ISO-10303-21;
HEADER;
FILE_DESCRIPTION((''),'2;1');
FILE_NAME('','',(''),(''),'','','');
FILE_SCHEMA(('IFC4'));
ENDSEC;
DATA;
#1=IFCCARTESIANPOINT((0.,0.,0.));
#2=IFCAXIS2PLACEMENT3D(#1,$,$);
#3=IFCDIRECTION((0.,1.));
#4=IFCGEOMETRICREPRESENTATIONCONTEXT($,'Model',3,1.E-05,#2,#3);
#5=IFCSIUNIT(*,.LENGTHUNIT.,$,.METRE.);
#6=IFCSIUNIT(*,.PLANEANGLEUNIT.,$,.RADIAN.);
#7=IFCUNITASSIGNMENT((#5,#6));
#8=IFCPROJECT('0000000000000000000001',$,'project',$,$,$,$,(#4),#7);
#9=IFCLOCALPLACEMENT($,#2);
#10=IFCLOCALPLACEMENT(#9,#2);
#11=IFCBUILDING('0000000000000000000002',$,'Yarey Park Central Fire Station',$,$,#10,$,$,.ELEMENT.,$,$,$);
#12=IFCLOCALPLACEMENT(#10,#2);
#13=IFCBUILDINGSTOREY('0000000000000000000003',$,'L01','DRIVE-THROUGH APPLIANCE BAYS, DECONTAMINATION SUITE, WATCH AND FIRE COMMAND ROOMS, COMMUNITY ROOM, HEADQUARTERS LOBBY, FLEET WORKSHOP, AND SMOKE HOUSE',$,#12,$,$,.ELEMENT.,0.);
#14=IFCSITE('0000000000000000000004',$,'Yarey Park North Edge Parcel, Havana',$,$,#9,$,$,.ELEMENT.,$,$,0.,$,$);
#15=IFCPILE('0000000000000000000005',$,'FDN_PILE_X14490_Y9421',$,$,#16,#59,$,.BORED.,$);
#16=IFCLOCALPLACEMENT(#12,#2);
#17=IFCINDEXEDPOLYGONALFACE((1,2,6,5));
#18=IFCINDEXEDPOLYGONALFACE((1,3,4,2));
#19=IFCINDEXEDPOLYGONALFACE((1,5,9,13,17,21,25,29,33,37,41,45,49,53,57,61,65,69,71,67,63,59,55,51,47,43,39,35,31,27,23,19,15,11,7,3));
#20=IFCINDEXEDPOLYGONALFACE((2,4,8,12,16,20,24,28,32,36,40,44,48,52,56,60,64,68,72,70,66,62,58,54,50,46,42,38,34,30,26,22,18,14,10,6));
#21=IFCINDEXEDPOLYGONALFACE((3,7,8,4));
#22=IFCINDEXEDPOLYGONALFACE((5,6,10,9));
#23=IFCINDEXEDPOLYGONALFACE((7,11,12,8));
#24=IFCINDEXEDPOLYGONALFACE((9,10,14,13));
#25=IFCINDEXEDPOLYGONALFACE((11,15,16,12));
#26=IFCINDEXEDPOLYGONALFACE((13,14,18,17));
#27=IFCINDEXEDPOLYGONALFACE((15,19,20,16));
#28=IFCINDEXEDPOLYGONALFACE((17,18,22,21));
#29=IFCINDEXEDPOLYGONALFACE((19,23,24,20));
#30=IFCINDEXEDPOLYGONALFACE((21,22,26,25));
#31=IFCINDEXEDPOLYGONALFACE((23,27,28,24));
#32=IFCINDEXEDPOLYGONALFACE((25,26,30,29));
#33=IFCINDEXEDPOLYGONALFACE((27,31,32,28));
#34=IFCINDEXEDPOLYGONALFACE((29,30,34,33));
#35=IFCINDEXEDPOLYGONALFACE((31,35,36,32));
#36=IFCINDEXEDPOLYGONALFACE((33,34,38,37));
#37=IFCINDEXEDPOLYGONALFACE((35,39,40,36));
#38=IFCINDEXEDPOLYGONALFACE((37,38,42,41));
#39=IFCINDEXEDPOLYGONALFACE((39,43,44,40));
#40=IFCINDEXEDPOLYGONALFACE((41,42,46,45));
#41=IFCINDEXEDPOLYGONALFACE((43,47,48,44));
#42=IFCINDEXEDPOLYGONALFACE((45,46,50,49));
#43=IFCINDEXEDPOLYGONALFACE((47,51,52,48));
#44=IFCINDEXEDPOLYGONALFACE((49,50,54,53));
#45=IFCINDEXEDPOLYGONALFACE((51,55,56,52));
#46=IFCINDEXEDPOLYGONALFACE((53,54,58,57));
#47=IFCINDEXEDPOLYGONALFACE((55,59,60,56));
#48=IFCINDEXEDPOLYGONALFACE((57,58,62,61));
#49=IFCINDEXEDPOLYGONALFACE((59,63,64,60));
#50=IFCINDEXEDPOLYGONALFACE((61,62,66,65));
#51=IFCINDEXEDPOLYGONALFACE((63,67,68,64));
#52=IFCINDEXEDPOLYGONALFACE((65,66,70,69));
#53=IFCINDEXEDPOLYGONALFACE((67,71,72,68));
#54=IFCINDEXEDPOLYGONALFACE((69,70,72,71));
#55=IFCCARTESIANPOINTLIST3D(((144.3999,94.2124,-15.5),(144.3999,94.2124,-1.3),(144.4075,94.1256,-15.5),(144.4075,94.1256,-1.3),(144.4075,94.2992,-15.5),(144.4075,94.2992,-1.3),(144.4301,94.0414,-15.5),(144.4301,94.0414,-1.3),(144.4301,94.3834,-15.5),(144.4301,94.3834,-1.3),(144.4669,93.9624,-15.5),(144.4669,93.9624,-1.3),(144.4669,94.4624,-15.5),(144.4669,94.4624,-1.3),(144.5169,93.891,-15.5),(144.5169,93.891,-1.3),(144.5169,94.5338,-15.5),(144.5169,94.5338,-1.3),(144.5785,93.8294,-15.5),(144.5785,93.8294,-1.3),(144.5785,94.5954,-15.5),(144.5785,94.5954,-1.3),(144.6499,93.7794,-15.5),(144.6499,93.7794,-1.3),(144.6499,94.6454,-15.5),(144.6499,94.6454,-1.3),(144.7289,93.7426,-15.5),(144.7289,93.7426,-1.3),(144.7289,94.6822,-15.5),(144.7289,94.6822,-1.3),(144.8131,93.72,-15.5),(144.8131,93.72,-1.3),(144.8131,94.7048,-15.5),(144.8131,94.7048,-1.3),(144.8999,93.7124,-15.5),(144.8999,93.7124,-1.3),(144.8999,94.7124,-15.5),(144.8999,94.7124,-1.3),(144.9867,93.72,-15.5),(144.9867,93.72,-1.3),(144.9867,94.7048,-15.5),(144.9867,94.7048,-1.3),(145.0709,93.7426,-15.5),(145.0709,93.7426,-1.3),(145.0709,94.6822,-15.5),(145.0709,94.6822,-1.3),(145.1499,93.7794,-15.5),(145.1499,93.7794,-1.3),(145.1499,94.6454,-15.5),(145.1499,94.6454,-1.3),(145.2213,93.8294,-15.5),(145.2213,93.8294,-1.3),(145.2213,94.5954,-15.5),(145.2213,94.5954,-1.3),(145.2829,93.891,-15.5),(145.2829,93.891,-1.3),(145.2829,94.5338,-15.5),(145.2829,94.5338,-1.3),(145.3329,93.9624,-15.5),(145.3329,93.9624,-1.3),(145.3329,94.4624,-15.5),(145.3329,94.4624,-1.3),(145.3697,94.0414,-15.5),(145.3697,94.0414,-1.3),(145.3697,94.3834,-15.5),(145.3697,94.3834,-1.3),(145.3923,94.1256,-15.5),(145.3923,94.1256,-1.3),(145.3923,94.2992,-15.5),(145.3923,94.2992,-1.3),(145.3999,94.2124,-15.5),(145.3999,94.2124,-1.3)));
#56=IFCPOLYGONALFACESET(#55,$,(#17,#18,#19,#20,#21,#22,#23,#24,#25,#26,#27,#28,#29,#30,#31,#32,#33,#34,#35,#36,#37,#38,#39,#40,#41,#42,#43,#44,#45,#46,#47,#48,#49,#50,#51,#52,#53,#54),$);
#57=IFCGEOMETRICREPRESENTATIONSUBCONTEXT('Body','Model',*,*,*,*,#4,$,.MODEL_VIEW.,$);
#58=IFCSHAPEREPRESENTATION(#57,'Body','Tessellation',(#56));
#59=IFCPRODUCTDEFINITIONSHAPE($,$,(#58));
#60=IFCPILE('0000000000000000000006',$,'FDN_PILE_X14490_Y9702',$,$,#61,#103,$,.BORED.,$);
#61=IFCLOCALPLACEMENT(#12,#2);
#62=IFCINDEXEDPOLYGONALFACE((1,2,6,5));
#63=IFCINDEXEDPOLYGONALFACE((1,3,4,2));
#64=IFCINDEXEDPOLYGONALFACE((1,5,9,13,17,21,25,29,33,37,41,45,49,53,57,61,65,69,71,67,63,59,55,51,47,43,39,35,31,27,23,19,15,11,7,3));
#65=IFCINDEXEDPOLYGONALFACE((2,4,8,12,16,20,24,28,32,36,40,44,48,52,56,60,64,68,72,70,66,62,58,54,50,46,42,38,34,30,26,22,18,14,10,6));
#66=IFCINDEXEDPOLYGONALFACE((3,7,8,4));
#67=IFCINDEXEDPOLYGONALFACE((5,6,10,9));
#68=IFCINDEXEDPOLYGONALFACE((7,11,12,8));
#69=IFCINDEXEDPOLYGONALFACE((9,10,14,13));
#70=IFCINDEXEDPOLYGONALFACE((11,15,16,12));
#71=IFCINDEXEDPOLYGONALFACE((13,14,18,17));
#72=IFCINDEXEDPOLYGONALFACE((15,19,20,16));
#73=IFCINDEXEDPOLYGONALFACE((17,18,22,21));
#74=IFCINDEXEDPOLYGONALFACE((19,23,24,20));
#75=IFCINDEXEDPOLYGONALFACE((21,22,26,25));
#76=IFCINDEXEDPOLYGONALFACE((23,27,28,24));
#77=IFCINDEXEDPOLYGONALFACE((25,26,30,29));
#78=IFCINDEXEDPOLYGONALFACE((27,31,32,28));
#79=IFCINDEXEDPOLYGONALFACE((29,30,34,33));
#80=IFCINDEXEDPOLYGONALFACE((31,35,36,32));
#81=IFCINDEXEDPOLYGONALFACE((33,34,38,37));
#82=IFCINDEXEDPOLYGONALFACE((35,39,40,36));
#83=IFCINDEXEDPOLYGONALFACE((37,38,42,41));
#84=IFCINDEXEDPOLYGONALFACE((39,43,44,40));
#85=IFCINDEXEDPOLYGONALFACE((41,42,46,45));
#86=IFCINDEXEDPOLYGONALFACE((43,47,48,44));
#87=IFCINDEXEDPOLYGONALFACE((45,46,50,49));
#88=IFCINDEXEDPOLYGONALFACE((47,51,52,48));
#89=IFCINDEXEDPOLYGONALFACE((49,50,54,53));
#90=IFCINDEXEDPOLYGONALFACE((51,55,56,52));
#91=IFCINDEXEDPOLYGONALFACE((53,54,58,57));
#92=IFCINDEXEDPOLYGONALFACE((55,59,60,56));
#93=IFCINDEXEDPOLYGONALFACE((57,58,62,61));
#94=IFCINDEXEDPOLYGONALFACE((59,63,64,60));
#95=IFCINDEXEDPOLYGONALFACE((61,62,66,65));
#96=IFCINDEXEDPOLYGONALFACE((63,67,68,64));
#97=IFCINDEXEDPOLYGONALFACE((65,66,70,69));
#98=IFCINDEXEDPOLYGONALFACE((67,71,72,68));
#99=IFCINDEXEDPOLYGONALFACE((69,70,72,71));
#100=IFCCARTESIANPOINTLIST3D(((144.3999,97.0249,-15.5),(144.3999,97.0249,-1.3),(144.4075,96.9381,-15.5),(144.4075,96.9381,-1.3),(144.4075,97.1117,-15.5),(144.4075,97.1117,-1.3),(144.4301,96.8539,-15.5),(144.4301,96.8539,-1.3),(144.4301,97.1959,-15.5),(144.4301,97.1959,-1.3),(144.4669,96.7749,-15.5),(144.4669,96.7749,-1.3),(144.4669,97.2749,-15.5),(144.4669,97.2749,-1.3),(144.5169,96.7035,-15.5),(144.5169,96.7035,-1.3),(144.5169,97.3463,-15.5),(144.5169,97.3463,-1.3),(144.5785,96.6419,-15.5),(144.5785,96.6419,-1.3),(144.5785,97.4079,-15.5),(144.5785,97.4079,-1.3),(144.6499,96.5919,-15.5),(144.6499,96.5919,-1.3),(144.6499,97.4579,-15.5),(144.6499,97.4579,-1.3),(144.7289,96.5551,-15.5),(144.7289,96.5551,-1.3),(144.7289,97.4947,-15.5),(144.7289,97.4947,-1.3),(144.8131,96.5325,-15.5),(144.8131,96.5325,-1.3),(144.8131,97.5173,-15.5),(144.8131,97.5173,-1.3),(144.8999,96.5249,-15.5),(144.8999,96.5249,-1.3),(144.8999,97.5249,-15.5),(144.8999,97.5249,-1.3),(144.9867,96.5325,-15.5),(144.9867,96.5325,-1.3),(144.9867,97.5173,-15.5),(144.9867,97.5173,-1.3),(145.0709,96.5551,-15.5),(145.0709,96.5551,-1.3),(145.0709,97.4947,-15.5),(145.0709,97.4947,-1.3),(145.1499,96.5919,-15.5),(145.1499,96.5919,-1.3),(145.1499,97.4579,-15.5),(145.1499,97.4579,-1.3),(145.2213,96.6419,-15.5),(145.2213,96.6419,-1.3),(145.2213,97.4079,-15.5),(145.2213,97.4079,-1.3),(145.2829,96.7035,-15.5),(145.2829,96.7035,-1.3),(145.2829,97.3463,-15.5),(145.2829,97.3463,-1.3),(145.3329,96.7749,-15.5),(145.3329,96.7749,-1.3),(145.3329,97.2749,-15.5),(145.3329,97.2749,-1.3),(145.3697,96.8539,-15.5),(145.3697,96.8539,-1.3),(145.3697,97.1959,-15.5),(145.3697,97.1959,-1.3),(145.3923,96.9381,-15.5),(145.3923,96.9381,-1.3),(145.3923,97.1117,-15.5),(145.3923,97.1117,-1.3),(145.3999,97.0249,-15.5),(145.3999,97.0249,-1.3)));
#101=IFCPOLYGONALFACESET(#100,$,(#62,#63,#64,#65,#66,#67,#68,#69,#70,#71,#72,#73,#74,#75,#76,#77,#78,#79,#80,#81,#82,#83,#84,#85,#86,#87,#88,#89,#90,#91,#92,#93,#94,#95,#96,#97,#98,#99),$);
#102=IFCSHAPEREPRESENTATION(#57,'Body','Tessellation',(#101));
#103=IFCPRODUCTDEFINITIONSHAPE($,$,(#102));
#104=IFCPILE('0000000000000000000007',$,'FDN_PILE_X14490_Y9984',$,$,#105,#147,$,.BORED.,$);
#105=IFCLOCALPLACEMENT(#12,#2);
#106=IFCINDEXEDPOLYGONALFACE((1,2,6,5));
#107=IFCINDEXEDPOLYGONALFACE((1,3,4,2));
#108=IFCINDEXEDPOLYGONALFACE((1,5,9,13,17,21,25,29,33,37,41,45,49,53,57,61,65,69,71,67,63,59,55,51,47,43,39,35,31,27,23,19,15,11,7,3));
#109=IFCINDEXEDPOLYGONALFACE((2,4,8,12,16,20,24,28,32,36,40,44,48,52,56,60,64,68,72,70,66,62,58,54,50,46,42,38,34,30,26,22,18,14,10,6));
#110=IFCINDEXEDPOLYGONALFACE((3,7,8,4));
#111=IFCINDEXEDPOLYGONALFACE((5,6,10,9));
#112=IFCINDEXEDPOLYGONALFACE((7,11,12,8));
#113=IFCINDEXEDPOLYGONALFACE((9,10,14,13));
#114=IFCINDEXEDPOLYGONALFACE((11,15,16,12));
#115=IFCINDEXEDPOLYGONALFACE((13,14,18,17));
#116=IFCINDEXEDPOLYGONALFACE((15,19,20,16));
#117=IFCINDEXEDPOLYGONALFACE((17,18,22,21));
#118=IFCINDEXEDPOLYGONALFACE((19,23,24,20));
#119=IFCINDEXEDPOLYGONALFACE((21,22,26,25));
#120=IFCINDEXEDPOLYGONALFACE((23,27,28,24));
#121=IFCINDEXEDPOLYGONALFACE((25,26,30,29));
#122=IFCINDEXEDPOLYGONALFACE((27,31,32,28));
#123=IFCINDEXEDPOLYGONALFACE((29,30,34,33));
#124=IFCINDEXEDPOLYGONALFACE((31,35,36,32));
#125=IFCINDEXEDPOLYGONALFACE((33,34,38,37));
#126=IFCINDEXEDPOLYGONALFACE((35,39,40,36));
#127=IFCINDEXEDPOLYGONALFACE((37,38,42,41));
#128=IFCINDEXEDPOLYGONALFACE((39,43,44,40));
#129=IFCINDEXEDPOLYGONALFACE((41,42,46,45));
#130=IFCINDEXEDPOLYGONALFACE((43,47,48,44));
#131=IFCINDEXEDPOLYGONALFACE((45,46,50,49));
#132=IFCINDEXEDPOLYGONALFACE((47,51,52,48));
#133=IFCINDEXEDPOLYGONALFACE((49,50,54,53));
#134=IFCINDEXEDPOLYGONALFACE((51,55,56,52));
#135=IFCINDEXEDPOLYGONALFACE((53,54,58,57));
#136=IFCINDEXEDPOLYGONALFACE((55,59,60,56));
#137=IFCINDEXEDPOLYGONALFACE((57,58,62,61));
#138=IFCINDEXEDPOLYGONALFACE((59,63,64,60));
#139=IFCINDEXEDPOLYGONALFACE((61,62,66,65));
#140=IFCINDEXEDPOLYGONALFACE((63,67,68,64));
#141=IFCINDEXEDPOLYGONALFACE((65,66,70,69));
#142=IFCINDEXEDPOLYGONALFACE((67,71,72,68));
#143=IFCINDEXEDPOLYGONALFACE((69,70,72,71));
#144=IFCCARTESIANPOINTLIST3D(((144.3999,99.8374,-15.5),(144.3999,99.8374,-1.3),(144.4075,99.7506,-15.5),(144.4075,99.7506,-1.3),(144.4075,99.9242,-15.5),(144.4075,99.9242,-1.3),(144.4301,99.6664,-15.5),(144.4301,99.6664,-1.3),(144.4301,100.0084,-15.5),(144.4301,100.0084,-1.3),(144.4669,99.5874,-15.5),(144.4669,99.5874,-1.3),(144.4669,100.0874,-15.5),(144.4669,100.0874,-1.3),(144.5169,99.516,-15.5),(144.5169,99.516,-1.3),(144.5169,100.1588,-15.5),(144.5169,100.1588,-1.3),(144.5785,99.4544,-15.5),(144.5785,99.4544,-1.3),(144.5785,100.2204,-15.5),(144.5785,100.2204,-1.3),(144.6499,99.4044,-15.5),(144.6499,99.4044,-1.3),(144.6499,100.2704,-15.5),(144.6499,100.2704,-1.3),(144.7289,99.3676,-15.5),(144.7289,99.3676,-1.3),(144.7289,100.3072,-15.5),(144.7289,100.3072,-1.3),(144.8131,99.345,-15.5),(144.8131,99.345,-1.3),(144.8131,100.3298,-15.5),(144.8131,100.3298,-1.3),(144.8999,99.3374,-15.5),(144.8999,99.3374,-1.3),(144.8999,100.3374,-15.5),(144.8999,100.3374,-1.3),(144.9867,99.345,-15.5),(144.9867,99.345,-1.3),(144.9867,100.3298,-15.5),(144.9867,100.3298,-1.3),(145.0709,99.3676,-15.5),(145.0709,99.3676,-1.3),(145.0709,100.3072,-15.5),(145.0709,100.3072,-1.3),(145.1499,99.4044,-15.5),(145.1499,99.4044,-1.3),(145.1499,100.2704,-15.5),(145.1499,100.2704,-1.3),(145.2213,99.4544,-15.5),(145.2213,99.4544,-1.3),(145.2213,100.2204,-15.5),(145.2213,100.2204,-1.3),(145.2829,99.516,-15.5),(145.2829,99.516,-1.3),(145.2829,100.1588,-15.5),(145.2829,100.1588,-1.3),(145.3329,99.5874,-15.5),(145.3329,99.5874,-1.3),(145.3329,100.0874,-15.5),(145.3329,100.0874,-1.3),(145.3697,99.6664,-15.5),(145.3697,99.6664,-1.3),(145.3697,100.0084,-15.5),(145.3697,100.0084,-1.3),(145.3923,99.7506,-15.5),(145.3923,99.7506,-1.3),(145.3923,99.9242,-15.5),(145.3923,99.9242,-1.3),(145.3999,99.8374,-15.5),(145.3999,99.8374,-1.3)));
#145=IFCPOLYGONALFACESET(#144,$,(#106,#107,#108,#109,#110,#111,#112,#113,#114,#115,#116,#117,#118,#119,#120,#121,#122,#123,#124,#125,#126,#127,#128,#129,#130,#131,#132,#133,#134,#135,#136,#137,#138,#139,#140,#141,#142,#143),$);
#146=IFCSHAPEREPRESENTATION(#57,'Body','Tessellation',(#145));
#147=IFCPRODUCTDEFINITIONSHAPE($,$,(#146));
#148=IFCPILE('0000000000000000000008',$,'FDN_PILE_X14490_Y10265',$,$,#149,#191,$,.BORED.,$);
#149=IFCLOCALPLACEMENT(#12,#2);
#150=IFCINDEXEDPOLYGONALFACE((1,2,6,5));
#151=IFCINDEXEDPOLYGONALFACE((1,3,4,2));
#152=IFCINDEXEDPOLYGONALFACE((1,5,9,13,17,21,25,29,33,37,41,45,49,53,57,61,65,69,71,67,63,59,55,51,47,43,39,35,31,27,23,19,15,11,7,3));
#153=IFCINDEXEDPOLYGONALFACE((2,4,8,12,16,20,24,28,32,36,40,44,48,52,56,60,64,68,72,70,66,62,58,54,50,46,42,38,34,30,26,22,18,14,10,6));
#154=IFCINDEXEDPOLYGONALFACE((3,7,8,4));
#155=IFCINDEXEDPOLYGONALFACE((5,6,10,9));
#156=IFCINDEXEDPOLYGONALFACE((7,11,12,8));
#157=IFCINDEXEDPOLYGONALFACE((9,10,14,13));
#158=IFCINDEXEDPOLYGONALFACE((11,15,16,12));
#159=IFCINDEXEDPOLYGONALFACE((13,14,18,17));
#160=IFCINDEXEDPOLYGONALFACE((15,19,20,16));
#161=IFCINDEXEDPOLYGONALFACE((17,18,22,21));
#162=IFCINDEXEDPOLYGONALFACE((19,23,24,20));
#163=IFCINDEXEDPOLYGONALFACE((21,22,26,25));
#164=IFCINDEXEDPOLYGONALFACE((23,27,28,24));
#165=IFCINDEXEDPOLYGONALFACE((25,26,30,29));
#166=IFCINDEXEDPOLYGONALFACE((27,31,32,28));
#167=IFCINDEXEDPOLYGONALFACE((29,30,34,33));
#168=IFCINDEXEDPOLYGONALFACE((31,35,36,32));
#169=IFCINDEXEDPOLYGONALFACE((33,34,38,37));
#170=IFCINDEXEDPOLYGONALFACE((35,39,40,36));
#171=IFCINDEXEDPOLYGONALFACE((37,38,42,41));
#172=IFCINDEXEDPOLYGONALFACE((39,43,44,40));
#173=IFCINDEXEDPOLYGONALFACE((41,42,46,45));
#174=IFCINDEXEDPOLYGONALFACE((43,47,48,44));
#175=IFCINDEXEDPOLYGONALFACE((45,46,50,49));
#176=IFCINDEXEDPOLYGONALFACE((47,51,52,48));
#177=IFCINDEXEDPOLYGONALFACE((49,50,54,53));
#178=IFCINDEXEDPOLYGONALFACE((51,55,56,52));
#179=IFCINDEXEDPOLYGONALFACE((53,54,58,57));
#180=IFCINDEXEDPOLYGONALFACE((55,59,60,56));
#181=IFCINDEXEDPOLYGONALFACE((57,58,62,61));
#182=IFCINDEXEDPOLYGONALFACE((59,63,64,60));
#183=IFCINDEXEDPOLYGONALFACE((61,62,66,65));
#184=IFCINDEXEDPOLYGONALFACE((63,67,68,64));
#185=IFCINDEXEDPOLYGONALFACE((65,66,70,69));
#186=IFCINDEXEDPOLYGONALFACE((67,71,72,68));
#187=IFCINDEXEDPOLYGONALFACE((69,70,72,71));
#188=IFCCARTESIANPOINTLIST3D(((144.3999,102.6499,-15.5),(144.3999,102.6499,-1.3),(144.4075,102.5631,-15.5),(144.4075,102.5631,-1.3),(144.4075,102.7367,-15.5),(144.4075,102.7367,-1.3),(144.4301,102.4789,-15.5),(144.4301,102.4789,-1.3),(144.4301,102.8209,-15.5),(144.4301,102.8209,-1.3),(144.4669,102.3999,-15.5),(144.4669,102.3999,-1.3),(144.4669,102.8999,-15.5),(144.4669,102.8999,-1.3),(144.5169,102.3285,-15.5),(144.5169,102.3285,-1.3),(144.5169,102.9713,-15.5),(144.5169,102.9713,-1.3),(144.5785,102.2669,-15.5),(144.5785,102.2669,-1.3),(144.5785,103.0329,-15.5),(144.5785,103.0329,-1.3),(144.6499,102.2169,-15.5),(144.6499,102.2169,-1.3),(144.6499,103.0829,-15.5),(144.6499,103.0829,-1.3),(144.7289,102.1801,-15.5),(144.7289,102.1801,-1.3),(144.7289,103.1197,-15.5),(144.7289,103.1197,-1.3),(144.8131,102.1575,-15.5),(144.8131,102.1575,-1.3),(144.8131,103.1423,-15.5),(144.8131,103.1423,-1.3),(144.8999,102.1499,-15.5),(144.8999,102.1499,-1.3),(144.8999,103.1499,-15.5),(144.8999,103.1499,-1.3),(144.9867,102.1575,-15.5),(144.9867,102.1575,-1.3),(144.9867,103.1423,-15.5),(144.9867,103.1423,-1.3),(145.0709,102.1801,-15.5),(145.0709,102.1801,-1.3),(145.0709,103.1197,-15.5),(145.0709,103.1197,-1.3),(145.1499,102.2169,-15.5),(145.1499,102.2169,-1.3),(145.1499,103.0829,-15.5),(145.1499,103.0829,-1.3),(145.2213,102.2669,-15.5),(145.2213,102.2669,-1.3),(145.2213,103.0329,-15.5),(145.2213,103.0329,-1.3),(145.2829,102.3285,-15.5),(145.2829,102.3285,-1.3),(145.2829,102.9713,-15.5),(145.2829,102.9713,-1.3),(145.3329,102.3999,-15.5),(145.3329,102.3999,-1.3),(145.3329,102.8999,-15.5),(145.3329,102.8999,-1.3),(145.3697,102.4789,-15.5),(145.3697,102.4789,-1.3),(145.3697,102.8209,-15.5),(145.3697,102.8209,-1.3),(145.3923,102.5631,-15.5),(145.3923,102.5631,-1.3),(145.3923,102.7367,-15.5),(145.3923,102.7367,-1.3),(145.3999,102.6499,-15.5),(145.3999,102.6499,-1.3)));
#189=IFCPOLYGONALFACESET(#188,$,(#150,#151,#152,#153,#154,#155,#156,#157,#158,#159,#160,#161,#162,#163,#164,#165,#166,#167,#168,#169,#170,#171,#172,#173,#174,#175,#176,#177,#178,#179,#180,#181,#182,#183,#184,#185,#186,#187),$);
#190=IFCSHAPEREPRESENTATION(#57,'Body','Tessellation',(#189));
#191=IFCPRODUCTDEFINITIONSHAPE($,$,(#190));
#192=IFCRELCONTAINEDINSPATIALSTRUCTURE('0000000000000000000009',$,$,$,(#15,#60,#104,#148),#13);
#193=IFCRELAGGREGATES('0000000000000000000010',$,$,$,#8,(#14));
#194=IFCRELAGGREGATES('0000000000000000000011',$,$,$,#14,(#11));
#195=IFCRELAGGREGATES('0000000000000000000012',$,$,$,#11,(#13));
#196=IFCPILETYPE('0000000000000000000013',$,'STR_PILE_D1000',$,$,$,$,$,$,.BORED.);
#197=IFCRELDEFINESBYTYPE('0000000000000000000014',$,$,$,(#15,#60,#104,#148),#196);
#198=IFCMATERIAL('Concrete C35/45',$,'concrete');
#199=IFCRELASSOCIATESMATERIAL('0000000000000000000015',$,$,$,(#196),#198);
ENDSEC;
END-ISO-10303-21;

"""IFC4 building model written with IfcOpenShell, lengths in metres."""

from ifc_helpers import new_model, si_unit, direction, frame, origin, origin_2d, place, context, subcontext, project, spatial, circle, extrude, material, material_profile, profile_set, type_object, element, save


model = new_model("IFC4")

# Units and contexts
model_context = context("Model", 3, precision=1e-05, world=origin(), true_north=direction((0.0, 1.0)))
body_context = subcontext(model_context, "Body", "Model", "MODEL_VIEW")
ifc_project = project(units=[si_unit("LENGTHUNIT", "METRE"), si_unit("PLANEANGLEUNIT", "RADIAN")], contexts=[model_context])

# Site, building, storey
site_placement = place(None, origin())
site = spatial("IfcSite", under=ifc_project, at=site_placement, Name="Yarey Park North Edge Parcel, Havana", CompositionType="ELEMENT", RefElevation=0.0)
building_placement = place(site_placement, origin())
building = spatial("IfcBuilding", under=site, at=building_placement, Name="Yarey Park Central Fire Station", CompositionType="ELEMENT")
storey_placement = place(building_placement, origin())
storey = spatial("IfcBuildingStorey", under=building, at=storey_placement, Name="L01", Description="DRIVE-THROUGH APPLIANCE BAYS, DECONTAMINATION SUITE, WATCH AND FIRE COMMAND ROOMS, COMMUNITY ROOM, HEADQUARTERS LOBBY, FLEET WORKSHOP, AND SMOKE HOUSE", CompositionType="ELEMENT", Elevation=0.0)

# Shared definitions
ifc_material_1 = material(Name="Concrete C35/45", Category="concrete")

# Piles
ifc_material_profile_1 = material_profile(ifc_material_1, circle(Radius=0.5, at=origin_2d()), Name="BORED PILE D1000")
ifc_profile_set_1 = profile_set([ifc_material_profile_1], Name="Concrete C35/45")
pile_type_1 = type_object("IfcPileType", Name="STR_PILE_D1000", PredefinedType="BORED", material=ifc_profile_set_1)
for number, where, z_axis, x_axis, name in (
    (1, (144.8999, 94.2124, -1.3), (0.0, 0.0, -1.0), (1.0, 0.0, 0.0), "FDN_PILE_X14490_Y9421"),
    (2, (144.8999, 97.0249, -1.3), (0.0, 0.0, -1.0), (1.0, 0.0, 0.0), "FDN_PILE_X14490_Y9702"),
    (3, (144.8999, 99.8374, -1.3), (0.0, 0.0, -1.0), (1.0, 0.0, 0.0), "FDN_PILE_X14490_Y9984"),
    (4, (144.8999, 102.6499, -1.3), (0.0, 0.0, -1.0), (1.0, 0.0, 0.0), "FDN_PILE_X14490_Y10265"),
):
    element("IfcPile", number, at=place(storey_placement, frame(where, z_axis=z_axis, x_axis=x_axis)), inside=storey, type_object=pile_type_1, Name=name, PredefinedType="BORED", context=body_context, shape_type="SweptSolid", body=[
        extrude(circle(Radius=0.5, at=origin_2d()), origin(), (0.0, 0.0, 1.0), 14.2),
    ])

save(model, "model.ifc")
